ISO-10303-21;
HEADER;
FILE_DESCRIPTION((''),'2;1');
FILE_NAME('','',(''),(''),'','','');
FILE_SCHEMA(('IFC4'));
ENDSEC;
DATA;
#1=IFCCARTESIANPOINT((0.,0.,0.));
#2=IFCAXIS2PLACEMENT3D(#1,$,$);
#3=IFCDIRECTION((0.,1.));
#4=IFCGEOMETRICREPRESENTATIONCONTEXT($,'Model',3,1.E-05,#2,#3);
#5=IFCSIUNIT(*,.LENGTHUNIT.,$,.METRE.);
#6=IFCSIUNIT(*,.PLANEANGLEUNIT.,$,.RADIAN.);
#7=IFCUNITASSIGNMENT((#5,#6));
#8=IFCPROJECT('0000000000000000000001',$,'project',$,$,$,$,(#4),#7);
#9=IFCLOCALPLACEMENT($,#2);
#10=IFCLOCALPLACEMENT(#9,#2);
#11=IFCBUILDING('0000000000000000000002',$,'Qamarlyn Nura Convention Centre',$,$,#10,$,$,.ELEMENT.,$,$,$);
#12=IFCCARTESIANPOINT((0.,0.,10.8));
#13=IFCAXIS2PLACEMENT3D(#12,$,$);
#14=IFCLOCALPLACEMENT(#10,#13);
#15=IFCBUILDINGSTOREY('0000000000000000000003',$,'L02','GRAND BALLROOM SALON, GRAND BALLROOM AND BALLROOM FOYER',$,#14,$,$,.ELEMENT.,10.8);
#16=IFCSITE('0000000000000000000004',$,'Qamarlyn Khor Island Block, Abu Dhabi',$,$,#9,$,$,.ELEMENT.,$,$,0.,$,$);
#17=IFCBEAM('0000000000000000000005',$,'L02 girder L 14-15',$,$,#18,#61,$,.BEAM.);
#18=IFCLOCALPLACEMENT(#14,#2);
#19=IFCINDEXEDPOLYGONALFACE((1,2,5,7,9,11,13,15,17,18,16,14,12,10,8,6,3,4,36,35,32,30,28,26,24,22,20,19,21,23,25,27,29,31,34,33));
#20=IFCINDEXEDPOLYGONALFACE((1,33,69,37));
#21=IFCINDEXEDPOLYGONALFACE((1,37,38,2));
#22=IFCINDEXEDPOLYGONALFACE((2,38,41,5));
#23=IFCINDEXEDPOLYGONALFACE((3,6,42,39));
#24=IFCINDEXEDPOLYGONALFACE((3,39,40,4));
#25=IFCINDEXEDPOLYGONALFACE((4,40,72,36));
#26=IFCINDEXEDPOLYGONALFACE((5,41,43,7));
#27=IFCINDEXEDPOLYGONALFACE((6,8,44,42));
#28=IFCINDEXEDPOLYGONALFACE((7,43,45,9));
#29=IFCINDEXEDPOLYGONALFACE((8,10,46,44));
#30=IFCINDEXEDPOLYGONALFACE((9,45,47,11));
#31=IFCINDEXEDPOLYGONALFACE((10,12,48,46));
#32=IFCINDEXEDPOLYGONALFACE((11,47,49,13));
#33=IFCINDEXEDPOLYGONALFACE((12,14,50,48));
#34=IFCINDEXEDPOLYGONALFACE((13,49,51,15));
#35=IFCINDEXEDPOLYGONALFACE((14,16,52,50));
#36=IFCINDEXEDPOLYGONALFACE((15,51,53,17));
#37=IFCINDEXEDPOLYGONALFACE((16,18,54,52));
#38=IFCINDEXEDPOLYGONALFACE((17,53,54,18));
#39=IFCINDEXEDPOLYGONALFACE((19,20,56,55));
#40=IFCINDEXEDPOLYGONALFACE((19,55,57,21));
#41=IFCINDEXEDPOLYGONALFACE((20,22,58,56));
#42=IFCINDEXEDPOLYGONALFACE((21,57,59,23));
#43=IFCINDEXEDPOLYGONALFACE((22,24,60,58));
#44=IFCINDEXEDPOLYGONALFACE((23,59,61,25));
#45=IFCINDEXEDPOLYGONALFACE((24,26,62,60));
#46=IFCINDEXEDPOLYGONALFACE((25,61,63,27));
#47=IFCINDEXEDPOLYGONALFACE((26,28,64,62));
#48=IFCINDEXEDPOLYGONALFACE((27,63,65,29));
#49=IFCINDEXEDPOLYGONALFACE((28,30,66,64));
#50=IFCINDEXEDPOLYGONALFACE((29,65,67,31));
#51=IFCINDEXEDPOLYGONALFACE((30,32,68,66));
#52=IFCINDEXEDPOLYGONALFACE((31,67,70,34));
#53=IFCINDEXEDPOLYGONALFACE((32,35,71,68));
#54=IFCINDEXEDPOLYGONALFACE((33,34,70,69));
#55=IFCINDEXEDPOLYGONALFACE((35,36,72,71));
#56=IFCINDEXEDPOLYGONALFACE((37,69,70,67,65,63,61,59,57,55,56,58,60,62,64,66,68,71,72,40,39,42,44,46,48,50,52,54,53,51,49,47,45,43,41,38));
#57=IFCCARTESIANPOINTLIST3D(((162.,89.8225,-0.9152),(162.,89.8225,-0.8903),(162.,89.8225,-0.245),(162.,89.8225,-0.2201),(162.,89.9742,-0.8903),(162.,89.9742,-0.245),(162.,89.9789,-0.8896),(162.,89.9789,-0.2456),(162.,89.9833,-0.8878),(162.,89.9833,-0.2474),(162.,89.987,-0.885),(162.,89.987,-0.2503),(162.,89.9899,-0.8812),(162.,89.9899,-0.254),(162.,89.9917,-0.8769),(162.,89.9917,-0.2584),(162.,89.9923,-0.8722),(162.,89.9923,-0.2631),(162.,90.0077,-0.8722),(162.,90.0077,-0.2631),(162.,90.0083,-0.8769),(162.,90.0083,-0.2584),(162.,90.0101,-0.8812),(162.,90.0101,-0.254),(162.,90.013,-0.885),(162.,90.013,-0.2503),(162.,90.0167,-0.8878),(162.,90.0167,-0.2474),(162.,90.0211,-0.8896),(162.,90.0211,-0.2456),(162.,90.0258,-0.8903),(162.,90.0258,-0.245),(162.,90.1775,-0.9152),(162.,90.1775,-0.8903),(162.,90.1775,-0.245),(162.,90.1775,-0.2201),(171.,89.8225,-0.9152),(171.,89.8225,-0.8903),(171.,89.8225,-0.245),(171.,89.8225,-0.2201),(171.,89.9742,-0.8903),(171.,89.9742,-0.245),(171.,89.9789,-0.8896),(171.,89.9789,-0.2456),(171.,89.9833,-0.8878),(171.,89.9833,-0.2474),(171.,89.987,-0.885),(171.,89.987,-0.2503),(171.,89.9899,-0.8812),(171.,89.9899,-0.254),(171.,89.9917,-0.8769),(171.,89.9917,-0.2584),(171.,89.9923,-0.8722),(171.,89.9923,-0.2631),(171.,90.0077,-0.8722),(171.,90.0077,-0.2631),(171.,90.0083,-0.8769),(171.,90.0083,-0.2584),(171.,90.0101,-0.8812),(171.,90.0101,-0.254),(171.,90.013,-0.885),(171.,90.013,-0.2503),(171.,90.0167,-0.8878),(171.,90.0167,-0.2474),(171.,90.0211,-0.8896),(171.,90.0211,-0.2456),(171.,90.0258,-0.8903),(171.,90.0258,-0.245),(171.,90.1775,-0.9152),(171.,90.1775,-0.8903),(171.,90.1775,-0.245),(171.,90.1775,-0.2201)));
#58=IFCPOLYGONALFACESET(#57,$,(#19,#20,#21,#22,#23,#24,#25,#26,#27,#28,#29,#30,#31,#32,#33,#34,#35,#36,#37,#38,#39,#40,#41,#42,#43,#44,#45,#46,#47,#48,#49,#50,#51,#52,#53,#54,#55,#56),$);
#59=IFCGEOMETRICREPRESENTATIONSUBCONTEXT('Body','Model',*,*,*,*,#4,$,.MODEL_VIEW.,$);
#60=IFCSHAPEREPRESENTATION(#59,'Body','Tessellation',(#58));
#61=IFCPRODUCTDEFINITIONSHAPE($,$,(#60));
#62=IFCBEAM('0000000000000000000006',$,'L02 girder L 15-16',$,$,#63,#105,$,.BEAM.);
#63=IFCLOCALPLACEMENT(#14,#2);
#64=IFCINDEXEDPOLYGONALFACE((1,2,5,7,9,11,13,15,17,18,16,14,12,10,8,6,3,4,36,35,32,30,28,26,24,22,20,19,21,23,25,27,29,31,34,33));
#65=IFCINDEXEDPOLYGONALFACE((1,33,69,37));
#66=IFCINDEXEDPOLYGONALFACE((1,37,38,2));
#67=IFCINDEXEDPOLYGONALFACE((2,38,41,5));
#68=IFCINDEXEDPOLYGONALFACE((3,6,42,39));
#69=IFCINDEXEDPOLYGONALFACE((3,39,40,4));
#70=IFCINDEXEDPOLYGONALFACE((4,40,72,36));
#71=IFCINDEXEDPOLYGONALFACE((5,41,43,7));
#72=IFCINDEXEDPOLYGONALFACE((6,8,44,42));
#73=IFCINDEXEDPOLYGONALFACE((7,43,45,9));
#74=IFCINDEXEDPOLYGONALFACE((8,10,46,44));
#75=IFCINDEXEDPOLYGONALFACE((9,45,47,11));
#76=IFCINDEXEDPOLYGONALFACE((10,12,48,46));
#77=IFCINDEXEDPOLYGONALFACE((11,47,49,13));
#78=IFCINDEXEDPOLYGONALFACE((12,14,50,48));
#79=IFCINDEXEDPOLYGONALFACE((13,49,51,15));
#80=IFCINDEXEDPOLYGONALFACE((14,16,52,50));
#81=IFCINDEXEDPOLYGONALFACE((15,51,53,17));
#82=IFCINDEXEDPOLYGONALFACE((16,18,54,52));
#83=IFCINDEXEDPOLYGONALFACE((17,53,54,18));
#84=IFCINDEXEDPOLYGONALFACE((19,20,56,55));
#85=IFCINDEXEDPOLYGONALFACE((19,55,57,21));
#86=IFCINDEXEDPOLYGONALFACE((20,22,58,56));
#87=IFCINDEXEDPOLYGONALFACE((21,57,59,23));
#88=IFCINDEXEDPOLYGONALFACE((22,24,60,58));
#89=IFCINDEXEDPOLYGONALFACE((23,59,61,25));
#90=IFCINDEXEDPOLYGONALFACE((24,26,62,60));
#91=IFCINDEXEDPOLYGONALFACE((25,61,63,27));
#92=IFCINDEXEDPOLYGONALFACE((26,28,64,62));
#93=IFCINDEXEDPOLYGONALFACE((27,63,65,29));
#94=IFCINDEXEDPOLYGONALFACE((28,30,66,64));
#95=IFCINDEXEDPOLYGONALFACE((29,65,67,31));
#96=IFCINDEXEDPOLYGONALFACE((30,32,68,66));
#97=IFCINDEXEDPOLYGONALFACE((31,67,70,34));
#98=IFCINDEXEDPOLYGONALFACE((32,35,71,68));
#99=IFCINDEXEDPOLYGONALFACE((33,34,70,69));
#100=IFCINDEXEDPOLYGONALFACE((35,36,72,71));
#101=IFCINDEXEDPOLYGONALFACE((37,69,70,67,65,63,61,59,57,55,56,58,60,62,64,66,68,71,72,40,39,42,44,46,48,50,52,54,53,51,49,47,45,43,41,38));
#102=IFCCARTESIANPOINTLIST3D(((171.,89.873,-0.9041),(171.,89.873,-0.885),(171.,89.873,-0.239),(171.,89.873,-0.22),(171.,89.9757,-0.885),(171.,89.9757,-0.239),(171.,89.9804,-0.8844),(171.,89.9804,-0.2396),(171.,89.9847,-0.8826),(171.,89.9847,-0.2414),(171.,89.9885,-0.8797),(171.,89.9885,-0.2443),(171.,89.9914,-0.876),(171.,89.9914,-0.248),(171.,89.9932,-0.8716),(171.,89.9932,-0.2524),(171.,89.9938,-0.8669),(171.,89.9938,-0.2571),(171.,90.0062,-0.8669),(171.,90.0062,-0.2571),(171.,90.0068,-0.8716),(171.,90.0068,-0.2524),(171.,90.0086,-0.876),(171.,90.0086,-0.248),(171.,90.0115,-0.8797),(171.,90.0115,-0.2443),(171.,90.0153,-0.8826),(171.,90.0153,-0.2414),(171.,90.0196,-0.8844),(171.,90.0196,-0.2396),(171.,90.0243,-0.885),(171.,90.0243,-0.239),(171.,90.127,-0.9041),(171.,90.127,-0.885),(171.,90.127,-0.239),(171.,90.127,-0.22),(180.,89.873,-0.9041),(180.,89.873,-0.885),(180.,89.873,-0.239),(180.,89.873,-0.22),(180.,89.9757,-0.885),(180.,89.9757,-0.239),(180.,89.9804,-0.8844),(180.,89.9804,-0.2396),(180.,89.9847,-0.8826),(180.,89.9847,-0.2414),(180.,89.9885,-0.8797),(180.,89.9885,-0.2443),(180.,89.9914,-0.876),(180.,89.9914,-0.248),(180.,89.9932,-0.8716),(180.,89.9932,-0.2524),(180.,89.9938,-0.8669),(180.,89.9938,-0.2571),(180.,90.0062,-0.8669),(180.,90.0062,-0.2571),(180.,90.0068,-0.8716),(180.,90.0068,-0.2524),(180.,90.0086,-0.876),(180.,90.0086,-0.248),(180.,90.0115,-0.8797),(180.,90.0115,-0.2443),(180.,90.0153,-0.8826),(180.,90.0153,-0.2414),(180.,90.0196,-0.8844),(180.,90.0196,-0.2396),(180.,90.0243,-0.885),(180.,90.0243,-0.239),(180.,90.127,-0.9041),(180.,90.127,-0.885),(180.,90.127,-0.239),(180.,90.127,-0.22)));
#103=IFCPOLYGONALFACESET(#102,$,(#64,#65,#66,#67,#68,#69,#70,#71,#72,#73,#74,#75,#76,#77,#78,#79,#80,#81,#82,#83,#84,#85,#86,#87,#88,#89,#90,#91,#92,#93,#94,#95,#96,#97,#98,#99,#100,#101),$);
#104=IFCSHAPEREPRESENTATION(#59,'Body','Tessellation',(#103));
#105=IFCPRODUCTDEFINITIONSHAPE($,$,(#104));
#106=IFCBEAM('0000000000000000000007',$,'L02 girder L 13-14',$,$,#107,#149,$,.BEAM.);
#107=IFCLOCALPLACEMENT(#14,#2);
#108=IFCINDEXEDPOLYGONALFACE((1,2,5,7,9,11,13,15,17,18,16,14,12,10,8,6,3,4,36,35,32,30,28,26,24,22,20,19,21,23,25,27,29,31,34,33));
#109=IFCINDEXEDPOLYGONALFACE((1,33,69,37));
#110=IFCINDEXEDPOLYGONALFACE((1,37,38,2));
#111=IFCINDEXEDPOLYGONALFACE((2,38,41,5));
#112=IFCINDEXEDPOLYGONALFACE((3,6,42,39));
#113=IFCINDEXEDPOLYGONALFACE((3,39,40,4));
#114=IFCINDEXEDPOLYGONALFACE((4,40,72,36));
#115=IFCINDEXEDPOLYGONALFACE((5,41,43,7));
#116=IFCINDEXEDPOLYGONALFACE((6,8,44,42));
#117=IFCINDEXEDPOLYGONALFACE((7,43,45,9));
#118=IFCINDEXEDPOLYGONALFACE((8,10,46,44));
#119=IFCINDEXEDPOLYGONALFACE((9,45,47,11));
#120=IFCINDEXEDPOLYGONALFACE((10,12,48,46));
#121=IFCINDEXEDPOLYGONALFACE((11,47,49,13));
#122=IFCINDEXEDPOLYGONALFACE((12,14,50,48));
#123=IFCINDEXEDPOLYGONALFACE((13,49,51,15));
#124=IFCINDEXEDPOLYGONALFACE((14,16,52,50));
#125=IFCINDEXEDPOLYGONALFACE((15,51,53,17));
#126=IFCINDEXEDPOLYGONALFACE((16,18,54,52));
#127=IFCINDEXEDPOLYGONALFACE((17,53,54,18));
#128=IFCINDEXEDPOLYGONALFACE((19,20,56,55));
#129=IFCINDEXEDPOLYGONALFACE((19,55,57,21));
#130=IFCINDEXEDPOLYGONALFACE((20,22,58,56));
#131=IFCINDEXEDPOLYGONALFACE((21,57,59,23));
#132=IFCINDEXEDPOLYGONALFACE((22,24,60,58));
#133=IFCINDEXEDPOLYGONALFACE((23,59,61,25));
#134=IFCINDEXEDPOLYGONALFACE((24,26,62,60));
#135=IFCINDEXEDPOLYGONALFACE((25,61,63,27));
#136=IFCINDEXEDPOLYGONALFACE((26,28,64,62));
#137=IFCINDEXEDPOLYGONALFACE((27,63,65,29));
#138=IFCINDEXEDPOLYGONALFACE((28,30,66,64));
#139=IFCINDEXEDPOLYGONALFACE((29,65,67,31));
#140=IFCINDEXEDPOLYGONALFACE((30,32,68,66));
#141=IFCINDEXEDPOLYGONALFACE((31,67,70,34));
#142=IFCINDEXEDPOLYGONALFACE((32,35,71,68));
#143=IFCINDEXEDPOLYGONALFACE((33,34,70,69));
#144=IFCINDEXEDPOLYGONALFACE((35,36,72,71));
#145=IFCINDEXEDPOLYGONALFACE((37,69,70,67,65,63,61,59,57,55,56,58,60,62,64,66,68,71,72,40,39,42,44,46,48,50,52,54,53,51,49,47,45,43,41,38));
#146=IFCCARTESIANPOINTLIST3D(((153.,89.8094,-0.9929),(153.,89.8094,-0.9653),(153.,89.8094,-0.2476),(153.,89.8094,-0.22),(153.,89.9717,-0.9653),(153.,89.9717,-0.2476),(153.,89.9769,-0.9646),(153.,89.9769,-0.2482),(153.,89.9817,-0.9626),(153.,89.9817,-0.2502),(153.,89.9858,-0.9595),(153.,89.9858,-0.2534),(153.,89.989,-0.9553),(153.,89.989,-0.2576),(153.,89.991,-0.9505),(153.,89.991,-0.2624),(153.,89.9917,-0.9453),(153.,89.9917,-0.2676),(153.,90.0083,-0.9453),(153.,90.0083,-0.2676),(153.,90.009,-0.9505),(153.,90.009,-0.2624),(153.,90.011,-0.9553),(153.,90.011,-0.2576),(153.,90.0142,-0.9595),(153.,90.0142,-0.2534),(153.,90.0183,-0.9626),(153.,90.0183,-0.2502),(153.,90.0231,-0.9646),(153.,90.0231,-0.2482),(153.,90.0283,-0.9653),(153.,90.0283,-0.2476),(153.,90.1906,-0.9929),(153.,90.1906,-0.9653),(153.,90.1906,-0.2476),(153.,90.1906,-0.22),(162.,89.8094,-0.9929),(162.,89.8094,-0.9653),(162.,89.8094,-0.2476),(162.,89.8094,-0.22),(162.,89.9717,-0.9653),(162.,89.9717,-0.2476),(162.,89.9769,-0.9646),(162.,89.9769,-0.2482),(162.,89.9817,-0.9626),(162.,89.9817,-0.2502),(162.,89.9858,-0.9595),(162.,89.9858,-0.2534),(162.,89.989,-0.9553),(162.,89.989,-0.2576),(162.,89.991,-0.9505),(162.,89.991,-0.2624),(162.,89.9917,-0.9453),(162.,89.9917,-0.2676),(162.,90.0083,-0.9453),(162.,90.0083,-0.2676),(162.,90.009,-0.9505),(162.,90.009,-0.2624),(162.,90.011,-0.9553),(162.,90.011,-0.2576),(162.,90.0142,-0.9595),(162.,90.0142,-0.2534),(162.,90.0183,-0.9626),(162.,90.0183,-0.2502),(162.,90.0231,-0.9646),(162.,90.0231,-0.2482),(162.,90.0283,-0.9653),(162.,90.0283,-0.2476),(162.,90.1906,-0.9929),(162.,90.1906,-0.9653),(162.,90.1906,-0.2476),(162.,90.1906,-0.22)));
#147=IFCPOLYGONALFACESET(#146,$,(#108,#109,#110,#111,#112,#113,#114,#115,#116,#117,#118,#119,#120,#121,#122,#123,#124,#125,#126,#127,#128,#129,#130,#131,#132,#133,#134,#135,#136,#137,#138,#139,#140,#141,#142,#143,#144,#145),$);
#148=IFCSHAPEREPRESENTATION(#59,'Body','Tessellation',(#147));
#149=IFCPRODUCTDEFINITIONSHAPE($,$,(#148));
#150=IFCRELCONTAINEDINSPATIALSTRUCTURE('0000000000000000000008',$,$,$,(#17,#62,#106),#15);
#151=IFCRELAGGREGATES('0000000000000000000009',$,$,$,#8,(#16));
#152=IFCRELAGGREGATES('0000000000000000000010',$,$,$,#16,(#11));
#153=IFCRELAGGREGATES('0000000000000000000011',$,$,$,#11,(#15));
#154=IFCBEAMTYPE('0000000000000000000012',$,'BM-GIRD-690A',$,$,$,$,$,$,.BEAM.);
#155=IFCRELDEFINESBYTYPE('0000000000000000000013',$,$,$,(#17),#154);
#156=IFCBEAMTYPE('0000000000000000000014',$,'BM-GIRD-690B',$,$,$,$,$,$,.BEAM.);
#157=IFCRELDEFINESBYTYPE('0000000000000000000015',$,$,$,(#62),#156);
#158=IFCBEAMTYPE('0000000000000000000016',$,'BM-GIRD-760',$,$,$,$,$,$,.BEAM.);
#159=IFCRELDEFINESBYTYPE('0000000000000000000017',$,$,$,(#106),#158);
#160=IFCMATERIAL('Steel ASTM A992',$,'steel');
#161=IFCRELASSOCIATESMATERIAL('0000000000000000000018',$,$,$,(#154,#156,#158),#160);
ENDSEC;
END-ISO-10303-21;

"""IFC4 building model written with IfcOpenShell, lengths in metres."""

from ifc_helpers import new_model, si_unit, direction, frame, origin, origin_2d, place, context, subcontext, project, spatial, i_section, extrude, material, material_profile, profile_set, type_object, element, save


model = new_model("IFC4")

# Units and contexts
model_context = context("Model", 3, precision=1e-05, world=origin(), true_north=direction((0.0, 1.0)))
body_context = subcontext(model_context, "Body", "Model", "MODEL_VIEW")
ifc_project = project(units=[si_unit("LENGTHUNIT", "METRE"), si_unit("PLANEANGLEUNIT", "RADIAN")], contexts=[model_context])

# Site, building, storey
site_placement = place(None, origin())
site = spatial("IfcSite", under=ifc_project, at=site_placement, Name="Qamarlyn Khor Island Block, Abu Dhabi", CompositionType="ELEMENT", RefElevation=0.0)
building_placement = place(site_placement, origin())
building = spatial("IfcBuilding", under=site, at=building_placement, Name="Qamarlyn Nura Convention Centre", CompositionType="ELEMENT")
storey_placement = place(building_placement, frame((0.0, 0.0, 10.8)))
storey = spatial("IfcBuildingStorey", under=building, at=storey_placement, Name="L02", Description="GRAND BALLROOM SALON, GRAND BALLROOM AND BALLROOM FOYER", CompositionType="ELEMENT", Elevation=10.8)

# Shared definitions
ifc_material_1 = material(Name="Steel ASTM A992", Category="steel")

# Beams
ifc_material_profile_1 = material_profile(ifc_material_1, i_section(OverallWidth=0.355, OverallDepth=0.6951, WebThickness=0.0154, FlangeThickness=0.0249, FilletRadius=0.0181, at=origin_2d()), Name="W690X217")
ifc_profile_set_1 = profile_set([ifc_material_profile_1], Name="Steel ASTM A992")
beam_type_1 = type_object("IfcBeamType", Name="BM-GIRD-690A", PredefinedType="BEAM", material=ifc_profile_set_1)
beam_1_placement = place(storey_placement, frame((162.0, 90.0, -0.5676), z_axis=(1.0, 0.0, 0.0), x_axis=(0.0, 1.0, 0.0)))
element("IfcBeam", 1, at=beam_1_placement, inside=storey, type_object=beam_type_1, Name="L02 girder L 14-15", PredefinedType="BEAM", context=body_context, shape_type="SweptSolid", body=[
    extrude(i_section(OverallWidth=0.355, OverallDepth=0.6951, WebThickness=0.0154, FlangeThickness=0.0249, FilletRadius=0.0181, at=origin_2d()), origin(), (0.0, 0.0, 1.0), 9.0),
])
ifc_material_profile_2 = material_profile(ifc_material_1, i_section(OverallWidth=0.2539, OverallDepth=0.6841, WebThickness=0.0125, FlangeThickness=0.019, FilletRadius=0.0181, at=origin_2d()), Name="W690X140")
ifc_profile_set_2 = profile_set([ifc_material_profile_2], Name="Steel ASTM A992")
beam_type_2 = type_object("IfcBeamType", Name="BM-GIRD-690B", PredefinedType="BEAM", material=ifc_profile_set_2)
beam_2_placement = place(storey_placement, frame((171.0, 90.0, -0.562), z_axis=(1.0, 0.0, 0.0), x_axis=(0.0, 1.0, 0.0)))
element("IfcBeam", 2, at=beam_2_placement, inside=storey, type_object=beam_type_2, Name="L02 girder L 15-16", PredefinedType="BEAM", context=body_context, shape_type="SweptSolid", body=[
    extrude(i_section(OverallWidth=0.2539, OverallDepth=0.6841, WebThickness=0.0125, FlangeThickness=0.019, FilletRadius=0.0181, at=origin_2d()), origin(), (0.0, 0.0, 1.0), 9.0),
])
ifc_material_profile_3 = material_profile(ifc_material_1, i_section(OverallWidth=0.3811, OverallDepth=0.7729, WebThickness=0.0166, FlangeThickness=0.0276, FilletRadius=0.02, at=origin_2d()), Name="W760X257")
ifc_profile_set_3 = profile_set([ifc_material_profile_3], Name="Steel ASTM A992")
beam_type_3 = type_object("IfcBeamType", Name="BM-GIRD-760", PredefinedType="BEAM", material=ifc_profile_set_3)
beam_3_placement = place(storey_placement, frame((153.0, 90.0, -0.6064), z_axis=(1.0, 0.0, 0.0), x_axis=(0.0, 1.0, 0.0)))
element("IfcBeam", 3, at=beam_3_placement, inside=storey, type_object=beam_type_3, Name="L02 girder L 13-14", PredefinedType="BEAM", context=body_context, shape_type="SweptSolid", body=[
    extrude(i_section(OverallWidth=0.3811, OverallDepth=0.7729, WebThickness=0.0166, FlangeThickness=0.0276, FilletRadius=0.02, at=origin_2d()), origin(), (0.0, 0.0, 1.0), 9.0),
])

save(model, "model.ifc")
